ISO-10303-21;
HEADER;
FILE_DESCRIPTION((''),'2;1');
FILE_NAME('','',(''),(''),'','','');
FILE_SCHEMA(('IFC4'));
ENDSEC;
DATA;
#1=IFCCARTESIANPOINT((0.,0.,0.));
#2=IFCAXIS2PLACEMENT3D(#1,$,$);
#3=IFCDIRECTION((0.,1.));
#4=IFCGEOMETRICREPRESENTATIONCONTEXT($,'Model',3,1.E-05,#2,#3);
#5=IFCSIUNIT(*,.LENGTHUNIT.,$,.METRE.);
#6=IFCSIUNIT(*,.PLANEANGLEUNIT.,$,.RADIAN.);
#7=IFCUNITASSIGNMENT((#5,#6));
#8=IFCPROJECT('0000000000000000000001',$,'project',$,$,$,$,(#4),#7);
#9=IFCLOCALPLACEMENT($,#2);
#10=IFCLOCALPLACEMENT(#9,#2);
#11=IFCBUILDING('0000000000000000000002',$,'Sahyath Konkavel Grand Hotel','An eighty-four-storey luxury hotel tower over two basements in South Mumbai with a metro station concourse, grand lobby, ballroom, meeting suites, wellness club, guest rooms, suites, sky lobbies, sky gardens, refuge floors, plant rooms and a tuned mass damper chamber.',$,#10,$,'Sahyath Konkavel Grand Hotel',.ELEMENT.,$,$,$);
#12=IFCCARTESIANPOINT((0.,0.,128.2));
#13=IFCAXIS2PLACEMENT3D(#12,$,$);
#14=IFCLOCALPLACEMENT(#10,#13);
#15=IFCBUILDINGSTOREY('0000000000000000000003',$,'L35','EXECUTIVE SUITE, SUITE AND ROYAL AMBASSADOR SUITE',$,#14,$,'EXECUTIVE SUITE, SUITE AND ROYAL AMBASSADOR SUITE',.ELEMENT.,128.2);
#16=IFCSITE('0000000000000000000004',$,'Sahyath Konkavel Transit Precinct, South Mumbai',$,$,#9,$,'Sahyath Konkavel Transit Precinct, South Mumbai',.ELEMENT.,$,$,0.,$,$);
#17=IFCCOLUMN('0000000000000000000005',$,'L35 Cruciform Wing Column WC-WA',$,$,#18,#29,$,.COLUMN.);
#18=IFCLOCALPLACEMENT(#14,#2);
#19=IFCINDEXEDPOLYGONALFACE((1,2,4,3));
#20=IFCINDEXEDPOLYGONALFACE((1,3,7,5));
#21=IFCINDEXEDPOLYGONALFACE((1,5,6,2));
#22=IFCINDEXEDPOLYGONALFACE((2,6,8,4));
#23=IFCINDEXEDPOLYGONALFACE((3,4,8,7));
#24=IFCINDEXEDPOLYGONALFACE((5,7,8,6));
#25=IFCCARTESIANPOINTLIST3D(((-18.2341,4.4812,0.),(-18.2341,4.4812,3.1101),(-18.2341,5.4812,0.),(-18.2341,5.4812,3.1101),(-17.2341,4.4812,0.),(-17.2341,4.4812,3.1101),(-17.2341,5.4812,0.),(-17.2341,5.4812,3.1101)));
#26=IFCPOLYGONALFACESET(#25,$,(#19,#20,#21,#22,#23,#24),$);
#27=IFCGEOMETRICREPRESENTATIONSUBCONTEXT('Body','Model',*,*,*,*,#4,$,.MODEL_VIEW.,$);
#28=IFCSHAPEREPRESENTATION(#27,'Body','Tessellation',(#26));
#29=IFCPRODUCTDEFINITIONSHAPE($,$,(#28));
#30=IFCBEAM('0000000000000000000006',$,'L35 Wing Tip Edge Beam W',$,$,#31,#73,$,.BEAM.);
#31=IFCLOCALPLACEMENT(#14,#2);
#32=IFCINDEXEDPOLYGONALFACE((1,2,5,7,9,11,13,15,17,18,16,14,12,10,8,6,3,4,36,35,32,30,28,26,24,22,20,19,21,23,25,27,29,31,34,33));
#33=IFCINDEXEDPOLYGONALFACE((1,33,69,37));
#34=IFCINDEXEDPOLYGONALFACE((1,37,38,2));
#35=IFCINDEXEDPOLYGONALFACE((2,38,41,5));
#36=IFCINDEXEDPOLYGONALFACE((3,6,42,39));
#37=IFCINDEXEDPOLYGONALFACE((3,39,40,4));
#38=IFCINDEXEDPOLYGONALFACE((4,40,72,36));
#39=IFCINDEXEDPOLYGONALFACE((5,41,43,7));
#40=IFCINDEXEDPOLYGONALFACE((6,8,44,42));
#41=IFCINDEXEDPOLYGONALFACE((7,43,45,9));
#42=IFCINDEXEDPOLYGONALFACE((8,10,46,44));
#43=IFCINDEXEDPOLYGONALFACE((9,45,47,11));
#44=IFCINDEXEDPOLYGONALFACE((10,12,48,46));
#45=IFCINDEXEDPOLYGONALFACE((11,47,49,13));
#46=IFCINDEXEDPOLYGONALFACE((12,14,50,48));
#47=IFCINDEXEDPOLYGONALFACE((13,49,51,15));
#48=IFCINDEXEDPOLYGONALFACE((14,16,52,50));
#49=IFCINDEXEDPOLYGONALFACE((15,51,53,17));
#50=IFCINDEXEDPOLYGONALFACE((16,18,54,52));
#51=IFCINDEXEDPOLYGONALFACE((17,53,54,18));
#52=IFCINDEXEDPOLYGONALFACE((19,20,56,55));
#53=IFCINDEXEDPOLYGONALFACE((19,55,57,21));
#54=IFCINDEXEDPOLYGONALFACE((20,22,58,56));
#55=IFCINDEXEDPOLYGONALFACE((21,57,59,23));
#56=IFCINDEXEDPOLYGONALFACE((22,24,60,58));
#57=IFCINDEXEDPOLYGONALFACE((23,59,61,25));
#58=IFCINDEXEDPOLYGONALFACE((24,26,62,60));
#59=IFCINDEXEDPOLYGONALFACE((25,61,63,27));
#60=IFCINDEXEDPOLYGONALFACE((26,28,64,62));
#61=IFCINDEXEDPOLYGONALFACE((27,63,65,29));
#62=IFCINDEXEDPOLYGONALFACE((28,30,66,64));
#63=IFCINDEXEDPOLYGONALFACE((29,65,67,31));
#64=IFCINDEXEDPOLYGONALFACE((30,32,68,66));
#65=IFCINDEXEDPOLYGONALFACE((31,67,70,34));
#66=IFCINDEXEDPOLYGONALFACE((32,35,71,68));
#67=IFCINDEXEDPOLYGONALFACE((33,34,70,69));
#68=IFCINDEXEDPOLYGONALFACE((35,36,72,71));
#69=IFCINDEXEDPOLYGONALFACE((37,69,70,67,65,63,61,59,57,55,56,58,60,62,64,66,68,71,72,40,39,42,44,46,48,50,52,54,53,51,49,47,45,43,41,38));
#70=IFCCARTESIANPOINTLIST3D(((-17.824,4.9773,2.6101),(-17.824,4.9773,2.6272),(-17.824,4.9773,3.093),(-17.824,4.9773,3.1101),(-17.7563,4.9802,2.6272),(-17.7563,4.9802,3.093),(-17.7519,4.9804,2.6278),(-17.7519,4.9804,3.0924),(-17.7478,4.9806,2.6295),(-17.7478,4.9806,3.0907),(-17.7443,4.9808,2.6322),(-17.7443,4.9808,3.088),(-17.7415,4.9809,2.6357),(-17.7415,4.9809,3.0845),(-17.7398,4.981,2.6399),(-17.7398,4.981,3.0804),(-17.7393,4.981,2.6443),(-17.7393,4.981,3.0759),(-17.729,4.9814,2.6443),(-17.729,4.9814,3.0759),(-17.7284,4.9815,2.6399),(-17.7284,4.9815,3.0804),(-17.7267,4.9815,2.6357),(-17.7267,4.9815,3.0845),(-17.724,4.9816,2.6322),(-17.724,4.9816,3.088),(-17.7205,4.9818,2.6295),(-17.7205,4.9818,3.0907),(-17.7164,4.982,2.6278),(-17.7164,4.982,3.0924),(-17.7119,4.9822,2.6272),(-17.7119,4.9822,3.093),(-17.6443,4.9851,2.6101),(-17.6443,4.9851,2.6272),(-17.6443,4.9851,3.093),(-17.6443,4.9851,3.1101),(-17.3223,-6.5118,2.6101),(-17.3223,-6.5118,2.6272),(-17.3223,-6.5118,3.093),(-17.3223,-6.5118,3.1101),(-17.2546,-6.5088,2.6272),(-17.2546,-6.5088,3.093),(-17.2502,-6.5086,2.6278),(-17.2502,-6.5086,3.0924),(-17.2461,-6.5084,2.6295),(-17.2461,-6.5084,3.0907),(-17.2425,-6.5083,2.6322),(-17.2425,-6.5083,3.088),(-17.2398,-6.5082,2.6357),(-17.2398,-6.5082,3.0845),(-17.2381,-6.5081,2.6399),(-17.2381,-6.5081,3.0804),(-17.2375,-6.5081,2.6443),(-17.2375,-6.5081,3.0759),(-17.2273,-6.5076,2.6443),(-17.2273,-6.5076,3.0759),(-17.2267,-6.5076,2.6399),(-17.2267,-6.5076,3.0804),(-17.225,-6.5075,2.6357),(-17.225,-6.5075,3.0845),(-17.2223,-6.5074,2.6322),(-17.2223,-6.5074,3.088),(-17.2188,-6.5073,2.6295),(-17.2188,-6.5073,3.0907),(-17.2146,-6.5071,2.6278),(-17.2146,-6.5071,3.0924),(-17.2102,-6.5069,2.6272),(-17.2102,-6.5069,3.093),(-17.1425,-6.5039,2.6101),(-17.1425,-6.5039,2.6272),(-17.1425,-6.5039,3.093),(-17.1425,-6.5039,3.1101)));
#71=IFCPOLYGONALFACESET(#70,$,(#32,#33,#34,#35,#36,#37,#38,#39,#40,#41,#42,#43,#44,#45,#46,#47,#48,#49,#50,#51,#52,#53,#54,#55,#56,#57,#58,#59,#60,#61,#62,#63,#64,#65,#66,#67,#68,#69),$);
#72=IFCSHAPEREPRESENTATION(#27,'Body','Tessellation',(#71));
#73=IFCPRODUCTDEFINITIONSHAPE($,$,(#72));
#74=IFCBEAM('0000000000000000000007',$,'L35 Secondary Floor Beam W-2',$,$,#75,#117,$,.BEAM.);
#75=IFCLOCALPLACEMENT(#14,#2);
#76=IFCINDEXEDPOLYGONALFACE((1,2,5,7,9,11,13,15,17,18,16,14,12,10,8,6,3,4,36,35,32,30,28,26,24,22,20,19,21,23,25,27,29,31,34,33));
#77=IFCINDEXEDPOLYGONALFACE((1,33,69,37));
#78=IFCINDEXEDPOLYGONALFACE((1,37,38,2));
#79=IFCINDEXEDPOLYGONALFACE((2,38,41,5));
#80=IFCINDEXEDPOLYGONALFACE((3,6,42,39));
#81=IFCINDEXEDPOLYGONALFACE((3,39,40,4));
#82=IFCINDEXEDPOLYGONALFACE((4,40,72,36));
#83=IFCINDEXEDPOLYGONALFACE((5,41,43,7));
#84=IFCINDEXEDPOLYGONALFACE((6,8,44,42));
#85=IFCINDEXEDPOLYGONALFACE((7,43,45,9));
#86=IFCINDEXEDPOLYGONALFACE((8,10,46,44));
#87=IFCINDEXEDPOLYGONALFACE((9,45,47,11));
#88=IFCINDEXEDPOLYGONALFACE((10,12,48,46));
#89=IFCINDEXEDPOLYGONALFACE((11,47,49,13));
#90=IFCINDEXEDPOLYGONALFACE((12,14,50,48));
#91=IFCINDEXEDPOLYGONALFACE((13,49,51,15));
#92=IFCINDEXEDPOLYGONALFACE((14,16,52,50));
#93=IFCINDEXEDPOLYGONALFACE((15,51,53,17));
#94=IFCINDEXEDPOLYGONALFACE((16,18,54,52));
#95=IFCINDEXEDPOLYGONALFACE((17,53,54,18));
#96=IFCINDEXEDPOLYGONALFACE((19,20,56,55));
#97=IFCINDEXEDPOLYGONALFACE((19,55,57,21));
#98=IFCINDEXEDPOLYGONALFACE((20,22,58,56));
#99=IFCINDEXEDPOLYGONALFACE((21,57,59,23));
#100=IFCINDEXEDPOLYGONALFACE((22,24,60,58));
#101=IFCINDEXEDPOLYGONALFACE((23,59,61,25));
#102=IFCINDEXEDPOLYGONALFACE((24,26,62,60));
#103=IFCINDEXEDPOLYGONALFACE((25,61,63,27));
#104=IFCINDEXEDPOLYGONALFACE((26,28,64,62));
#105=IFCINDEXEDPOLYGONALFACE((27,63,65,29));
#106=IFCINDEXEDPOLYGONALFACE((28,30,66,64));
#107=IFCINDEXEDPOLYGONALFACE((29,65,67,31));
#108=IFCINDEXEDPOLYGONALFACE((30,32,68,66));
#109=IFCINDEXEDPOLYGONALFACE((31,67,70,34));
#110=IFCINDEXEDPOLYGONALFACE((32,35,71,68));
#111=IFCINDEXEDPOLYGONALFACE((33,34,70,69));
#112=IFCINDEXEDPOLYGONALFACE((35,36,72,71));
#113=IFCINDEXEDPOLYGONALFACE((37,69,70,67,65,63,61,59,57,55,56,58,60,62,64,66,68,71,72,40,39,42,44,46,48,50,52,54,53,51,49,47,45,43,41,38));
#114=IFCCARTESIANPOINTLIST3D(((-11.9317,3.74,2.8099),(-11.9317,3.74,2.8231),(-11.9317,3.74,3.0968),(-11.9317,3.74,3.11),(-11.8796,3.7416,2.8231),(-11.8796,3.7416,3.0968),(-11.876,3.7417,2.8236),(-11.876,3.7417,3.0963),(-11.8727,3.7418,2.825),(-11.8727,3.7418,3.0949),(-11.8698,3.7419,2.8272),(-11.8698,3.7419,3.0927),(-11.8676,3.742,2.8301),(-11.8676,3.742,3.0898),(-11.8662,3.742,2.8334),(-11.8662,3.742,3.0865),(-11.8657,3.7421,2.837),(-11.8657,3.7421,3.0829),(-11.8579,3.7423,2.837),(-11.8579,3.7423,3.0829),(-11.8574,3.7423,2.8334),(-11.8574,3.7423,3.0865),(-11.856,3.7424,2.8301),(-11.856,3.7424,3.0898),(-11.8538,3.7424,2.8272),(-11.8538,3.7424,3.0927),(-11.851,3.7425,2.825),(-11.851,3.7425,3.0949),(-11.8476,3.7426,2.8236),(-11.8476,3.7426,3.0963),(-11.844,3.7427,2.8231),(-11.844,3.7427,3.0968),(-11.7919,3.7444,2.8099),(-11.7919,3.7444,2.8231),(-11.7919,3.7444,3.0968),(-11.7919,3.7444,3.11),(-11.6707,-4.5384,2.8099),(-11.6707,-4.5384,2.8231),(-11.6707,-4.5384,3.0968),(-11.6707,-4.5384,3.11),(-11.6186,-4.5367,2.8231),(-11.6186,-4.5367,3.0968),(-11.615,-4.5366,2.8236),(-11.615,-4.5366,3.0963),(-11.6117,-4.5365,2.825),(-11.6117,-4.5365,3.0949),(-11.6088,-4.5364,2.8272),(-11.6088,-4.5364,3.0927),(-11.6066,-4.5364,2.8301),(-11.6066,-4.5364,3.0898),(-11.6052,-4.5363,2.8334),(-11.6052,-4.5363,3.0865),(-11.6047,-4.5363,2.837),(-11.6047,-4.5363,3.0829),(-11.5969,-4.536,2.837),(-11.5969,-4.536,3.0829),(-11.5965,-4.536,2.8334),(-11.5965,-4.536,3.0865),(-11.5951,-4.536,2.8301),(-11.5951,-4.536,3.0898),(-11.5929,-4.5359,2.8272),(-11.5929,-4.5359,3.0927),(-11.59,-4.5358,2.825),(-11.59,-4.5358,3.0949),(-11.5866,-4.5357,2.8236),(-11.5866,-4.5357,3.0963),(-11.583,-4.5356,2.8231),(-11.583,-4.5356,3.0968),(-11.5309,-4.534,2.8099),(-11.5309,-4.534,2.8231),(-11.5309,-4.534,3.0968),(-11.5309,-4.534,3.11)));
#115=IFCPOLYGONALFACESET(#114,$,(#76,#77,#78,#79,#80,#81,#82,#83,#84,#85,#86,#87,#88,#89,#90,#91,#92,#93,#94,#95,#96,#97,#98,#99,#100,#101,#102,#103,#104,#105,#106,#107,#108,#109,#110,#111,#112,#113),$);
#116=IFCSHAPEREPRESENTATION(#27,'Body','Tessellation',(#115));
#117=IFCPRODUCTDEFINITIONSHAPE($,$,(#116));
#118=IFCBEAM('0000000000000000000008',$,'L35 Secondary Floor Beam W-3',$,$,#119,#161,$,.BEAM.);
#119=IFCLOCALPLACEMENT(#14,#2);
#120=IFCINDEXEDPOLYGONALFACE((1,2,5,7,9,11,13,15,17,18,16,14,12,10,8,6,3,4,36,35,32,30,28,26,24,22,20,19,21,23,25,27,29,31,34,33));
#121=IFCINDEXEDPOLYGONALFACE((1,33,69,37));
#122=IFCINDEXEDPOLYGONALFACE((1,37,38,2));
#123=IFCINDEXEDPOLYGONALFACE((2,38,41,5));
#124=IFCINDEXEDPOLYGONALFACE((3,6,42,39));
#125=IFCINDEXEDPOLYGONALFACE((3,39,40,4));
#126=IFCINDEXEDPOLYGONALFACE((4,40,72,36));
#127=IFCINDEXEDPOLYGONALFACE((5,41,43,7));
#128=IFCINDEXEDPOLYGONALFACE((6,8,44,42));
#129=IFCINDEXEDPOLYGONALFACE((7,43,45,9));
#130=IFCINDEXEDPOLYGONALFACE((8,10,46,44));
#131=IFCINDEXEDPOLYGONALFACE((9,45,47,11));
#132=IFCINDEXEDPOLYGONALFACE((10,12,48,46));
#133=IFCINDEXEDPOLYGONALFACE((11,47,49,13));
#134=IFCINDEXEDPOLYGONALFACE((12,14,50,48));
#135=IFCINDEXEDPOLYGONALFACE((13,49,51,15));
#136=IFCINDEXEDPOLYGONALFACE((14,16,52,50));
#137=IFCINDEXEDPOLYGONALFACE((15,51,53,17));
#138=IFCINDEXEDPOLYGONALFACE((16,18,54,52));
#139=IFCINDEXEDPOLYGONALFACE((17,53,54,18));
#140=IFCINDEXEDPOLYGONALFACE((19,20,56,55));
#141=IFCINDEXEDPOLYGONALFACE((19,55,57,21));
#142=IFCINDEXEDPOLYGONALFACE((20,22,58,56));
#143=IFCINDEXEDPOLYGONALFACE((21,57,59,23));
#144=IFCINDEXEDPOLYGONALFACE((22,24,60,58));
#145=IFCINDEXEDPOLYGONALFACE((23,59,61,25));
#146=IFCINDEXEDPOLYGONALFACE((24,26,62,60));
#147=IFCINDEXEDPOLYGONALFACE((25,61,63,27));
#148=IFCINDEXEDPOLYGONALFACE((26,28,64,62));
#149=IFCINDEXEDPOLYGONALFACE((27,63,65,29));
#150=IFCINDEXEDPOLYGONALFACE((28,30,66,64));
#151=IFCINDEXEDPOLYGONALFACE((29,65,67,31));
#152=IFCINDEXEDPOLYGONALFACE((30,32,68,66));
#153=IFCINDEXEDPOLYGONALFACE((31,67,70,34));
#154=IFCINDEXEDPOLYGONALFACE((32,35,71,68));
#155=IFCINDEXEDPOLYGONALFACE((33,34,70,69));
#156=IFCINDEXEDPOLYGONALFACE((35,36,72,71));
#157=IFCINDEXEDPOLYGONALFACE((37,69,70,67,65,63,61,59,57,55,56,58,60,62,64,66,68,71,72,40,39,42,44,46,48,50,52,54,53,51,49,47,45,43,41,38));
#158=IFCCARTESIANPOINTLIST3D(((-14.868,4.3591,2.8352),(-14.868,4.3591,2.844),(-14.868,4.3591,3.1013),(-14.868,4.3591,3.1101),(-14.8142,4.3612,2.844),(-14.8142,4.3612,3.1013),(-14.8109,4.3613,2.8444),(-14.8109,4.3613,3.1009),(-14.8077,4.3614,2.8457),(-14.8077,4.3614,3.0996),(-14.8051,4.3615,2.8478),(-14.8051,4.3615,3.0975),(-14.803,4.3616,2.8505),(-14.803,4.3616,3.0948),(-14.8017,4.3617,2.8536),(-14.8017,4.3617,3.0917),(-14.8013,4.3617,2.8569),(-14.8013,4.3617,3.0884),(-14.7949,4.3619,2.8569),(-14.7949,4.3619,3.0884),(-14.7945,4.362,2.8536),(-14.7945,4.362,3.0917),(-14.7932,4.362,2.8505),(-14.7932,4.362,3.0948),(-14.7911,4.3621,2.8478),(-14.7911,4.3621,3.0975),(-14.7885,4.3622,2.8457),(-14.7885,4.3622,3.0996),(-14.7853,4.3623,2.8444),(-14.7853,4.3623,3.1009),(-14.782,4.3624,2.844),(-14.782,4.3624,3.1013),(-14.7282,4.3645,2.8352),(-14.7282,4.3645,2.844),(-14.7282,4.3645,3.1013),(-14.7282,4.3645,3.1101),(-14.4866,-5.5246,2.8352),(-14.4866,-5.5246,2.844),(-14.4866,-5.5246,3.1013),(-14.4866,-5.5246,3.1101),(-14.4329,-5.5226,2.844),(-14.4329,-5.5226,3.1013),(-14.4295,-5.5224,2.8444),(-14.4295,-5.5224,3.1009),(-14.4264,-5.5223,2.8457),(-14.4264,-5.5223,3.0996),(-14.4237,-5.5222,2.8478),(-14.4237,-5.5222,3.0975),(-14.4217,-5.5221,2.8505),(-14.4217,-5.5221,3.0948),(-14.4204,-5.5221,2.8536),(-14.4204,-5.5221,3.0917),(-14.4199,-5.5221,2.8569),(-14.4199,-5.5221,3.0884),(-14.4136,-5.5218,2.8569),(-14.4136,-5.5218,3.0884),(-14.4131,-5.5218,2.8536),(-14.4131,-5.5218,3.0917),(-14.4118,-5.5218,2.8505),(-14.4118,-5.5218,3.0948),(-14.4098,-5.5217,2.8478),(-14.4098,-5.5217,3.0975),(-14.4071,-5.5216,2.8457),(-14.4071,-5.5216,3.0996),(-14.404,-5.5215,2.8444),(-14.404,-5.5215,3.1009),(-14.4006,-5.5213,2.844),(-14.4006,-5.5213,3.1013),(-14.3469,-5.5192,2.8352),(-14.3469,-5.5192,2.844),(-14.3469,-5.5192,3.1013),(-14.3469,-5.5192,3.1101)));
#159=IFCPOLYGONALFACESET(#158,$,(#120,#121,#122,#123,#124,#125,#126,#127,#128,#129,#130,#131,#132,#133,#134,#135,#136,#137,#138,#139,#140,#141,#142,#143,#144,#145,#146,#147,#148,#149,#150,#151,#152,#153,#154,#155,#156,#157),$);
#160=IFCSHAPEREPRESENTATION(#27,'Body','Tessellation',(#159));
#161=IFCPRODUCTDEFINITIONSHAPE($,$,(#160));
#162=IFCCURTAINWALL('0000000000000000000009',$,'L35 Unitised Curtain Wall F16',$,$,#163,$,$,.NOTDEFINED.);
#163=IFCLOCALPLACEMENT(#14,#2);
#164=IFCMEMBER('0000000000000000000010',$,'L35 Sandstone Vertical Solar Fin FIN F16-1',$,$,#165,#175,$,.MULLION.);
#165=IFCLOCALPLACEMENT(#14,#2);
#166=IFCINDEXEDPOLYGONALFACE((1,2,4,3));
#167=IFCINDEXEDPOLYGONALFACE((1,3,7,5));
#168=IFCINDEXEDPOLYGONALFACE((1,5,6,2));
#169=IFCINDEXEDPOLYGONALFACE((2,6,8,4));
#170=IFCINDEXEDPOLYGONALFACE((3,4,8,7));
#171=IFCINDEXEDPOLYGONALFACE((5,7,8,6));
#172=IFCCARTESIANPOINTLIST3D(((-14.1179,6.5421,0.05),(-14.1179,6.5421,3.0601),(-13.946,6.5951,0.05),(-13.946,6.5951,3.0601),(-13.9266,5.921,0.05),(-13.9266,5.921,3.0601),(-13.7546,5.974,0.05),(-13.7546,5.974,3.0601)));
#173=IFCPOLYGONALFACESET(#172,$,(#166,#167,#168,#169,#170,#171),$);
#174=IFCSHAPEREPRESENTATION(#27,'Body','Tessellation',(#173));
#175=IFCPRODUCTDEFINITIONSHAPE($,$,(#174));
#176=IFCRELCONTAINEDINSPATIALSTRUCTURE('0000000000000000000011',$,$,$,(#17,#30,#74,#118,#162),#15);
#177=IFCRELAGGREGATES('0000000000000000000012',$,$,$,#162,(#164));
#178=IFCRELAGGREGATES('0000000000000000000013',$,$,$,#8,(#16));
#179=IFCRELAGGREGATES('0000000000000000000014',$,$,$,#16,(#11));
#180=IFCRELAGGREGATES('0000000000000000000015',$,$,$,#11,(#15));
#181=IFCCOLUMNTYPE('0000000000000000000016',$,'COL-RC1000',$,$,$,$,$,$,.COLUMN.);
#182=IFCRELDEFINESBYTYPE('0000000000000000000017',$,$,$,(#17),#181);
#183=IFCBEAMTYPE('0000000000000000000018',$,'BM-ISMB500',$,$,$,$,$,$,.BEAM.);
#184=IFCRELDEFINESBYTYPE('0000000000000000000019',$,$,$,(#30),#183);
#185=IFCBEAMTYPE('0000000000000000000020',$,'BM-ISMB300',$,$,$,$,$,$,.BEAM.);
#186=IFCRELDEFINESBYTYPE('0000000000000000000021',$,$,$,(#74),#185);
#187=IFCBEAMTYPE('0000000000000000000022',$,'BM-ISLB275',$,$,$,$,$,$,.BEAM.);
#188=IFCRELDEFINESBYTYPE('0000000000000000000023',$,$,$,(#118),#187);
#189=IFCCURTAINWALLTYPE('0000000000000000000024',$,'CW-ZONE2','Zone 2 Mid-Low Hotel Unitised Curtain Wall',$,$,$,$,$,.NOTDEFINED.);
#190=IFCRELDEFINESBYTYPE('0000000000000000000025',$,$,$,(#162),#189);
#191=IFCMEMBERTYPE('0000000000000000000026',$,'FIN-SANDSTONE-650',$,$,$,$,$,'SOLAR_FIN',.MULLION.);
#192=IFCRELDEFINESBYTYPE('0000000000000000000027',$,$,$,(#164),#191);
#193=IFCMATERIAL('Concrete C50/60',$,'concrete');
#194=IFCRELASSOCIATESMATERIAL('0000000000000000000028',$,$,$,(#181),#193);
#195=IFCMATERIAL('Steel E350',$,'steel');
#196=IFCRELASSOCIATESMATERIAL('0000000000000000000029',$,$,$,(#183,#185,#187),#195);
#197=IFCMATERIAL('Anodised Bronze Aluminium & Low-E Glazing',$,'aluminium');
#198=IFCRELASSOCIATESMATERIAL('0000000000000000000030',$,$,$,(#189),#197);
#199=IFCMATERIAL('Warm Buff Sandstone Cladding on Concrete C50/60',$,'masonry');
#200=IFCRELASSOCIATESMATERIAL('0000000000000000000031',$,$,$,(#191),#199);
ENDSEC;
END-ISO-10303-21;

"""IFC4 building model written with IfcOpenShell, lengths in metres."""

from ifc_helpers import new_model, si_unit, direction, frame, origin, origin_2d, place, context, subcontext, project, spatial, rectangle, i_section, extrude, source, transform, mapped, material, material_profile, profile_set, type_object, element, aggregate, save


model = new_model("IFC4")

# Units and contexts
model_context = context("Model", 3, precision=1e-05, world=origin(), true_north=direction((0.0, 1.0)))
body_context = subcontext(model_context, "Body", "Model", "MODEL_VIEW")
ifc_project = project(units=[si_unit("LENGTHUNIT", "METRE"), si_unit("PLANEANGLEUNIT", "RADIAN")], contexts=[model_context])

# Site, building, storey
site_placement = place(None, origin())
site = spatial("IfcSite", under=ifc_project, at=site_placement, Name="Sahyath Konkavel Transit Precinct, South Mumbai", LongName="Sahyath Konkavel Transit Precinct, South Mumbai", CompositionType="ELEMENT", RefElevation=0.0)
building_placement = place(site_placement, origin())
building = spatial("IfcBuilding", under=site, at=building_placement, Name="Sahyath Konkavel Grand Hotel", Description="An eighty-four-storey luxury hotel tower over two basements in South Mumbai with a metro station concourse, grand lobby, ballroom, meeting suites, wellness club, guest rooms, suites, sky lobbies, sky gardens, refuge floors, plant rooms and a tuned mass damper chamber.", LongName="Sahyath Konkavel Grand Hotel", CompositionType="ELEMENT")
storey_placement = place(building_placement, frame((0.0, 0.0, 128.2)))
storey = spatial("IfcBuildingStorey", under=building, at=storey_placement, Name="L35", Description="EXECUTIVE SUITE, SUITE AND ROYAL AMBASSADOR SUITE", LongName="EXECUTIVE SUITE, SUITE AND ROYAL AMBASSADOR SUITE", CompositionType="ELEMENT", Elevation=128.2)

# Column
ifc_material_1 = material(Name="Concrete C50/60", Category="concrete")
ifc_material_profile_1 = material_profile(ifc_material_1, rectangle(XDim=1.0, YDim=1.0, at=origin_2d()), Name="RC 1000x1000")
ifc_profile_set_1 = profile_set([ifc_material_profile_1], Name="Concrete C50/60")
column_type = type_object("IfcColumnType", Name="COL-RC1000", PredefinedType="COLUMN", material=ifc_profile_set_1)
shared_shape_1 = source(origin(), body_context, "Body", "SweptSolid", [
    extrude(rectangle(XDim=1.0, YDim=1.0, at=origin_2d()), origin(), (0.0, 0.0, 1.0), 3.1101),
])
column_placement = place(storey_placement, frame((-17.7341, 4.9812, 0.0), z_axis=(0.0, 0.0, 1.0), x_axis=(1.0, 0.0, 0.0)))
element("IfcColumn", 1, at=column_placement, inside=storey, type_object=column_type, Name="L35 Cruciform Wing Column WC-WA", PredefinedType="COLUMN", context=body_context, shape_type="MappedRepresentation", body=[
    mapped(shared_shape_1, transform((0.0, 0.0, 0.0), scale=1.0)),
])

# Beams
ifc_material_2 = material(Name="Steel E350", Category="steel")
ifc_material_profile_2 = material_profile(ifc_material_2, i_section(OverallWidth=0.1799, OverallDepth=0.5, WebThickness=0.0103, FlangeThickness=0.0171, FilletRadius=0.0171, at=origin_2d()), Name="ISMB 500")
ifc_profile_set_2 = profile_set([ifc_material_profile_2], Name="Steel E350")
beam_type_1 = type_object("IfcBeamType", Name="BM-ISMB500", PredefinedType="BEAM", material=ifc_profile_set_2)
shared_shape_2 = source(origin(), body_context, "Body", "SweptSolid", [
    extrude(i_section(OverallWidth=0.1799, OverallDepth=0.5, WebThickness=0.0103, FlangeThickness=0.0171, FilletRadius=0.0171, at=origin_2d()), origin(), (0.0, 0.0, 1.0), 11.5),
])
beam_1_placement = place(storey_placement, frame((-17.7341, 4.9812, 2.8601), z_axis=(0.043627, -0.999048, 0.0), x_axis=(0.999048, 0.043627, 0.0)))
element("IfcBeam", 2, at=beam_1_placement, inside=storey, type_object=beam_type_1, Name="L35 Wing Tip Edge Beam W", PredefinedType="BEAM", context=body_context, shape_type="MappedRepresentation", body=[
    mapped(shared_shape_2, transform((0.0, 0.0, 0.0), scale=1.0)),
])
ifc_material_profile_3 = material_profile(ifc_material_2, i_section(OverallWidth=0.1399, OverallDepth=0.3, WebThickness=0.0078, FlangeThickness=0.0132, FilletRadius=0.0139, at=origin_2d()), Name="ISMB 300")
ifc_profile_set_3 = profile_set([ifc_material_profile_3], Name="Steel E350")
beam_type_2 = type_object("IfcBeamType", Name="BM-ISMB300", PredefinedType="BEAM", material=ifc_profile_set_3)
shared_shape_3 = source(origin(), body_context, "Body", "SweptSolid", [
    extrude(i_section(OverallWidth=0.1399, OverallDepth=0.3, WebThickness=0.0078, FlangeThickness=0.0132, FilletRadius=0.0139, at=origin_2d()), origin(), (0.0, 0.0, 1.0), 8.2825),
])
beam_2_placement = place(storey_placement, frame((-11.8618, 3.7422, 2.96), z_axis=(0.031511, -0.999503, 0.0), x_axis=(0.999503, 0.031511, 0.0)))
element("IfcBeam", 3, at=beam_2_placement, inside=storey, type_object=beam_type_2, Name="L35 Secondary Floor Beam W-2", PredefinedType="BEAM", context=body_context, shape_type="MappedRepresentation", body=[
    mapped(shared_shape_3, transform((0.0, 0.0, 0.0), scale=1.0)),
])
ifc_material_profile_4 = material_profile(ifc_material_2, i_section(OverallWidth=0.1399, OverallDepth=0.2749, WebThickness=0.0063, FlangeThickness=0.0088, FilletRadius=0.0129, at=origin_2d()), Name="ISLB 275")
ifc_profile_set_4 = profile_set([ifc_material_profile_4], Name="Steel E350")
beam_type_3 = type_object("IfcBeamType", Name="BM-ISLB275", PredefinedType="BEAM", material=ifc_profile_set_4)
shared_shape_4 = source(origin(), body_context, "Body", "SweptSolid", [
    extrude(i_section(OverallWidth=0.1399, OverallDepth=0.2749, WebThickness=0.0063, FlangeThickness=0.0088, FilletRadius=0.0129, at=origin_2d()), origin(), (0.0, 0.0, 1.0), 9.8911),
])
beam_3_placement = place(storey_placement, frame((-14.7981, 4.3618, 2.9727), z_axis=(0.038554, -0.999257, 0.0), x_axis=(0.999257, 0.038554, 0.0)))
element("IfcBeam", 4, at=beam_3_placement, inside=storey, type_object=beam_type_3, Name="L35 Secondary Floor Beam W-3", PredefinedType="BEAM", context=body_context, shape_type="MappedRepresentation", body=[
    mapped(shared_shape_4, transform((0.0, 0.0, 0.0), scale=1.0)),
])

# Curtain wall, member
ifc_material_3 = material(Name="Anodised Bronze Aluminium & Low-E Glazing", Category="aluminium")
curtain_wall_type = type_object("IfcCurtainWallType", Name="CW-ZONE2", Description="Zone 2 Mid-Low Hotel Unitised Curtain Wall", PredefinedType="NOTDEFINED", material=ifc_material_3)
curtain_wall_1_placement = place(storey_placement, origin())
curtain_wall_1 = element("IfcCurtainWall", 5, at=curtain_wall_1_placement, inside=storey, type_object=curtain_wall_type, Name="L35 Unitised Curtain Wall F16", PredefinedType="NOTDEFINED")
ifc_material_4 = material(Name="Warm Buff Sandstone Cladding on Concrete C50/60", Category="masonry")
ifc_material_profile_5 = material_profile(ifc_material_4, rectangle(XDim=0.1799, YDim=0.6499, at=origin_2d()), Name="FIN 180x650")
ifc_profile_set_5 = profile_set([ifc_material_profile_5], Name="Warm Buff Sandstone Cladding on Concrete C50/60")
member_type_1 = type_object("IfcMemberType", Name="FIN-SANDSTONE-650", ElementType="SOLAR_FIN", PredefinedType="MULLION", material=ifc_profile_set_5)
shared_shape_5 = source(origin(), body_context, "Body", "SweptSolid", [
    extrude(rectangle(XDim=0.1799, YDim=0.6499, at=origin_2d()), origin(), (0.0, 0.0, 1.0), 3.01),
])
member_1_placement = place(storey_placement, frame((-13.9363, 6.2581, 0.05), z_axis=(0.0, 0.0, 1.0), x_axis=(0.95569, 0.294374, 0.0)))
member_1 = element("IfcMember", 6, at=member_1_placement, type_object=member_type_1, Name="L35 Sandstone Vertical Solar Fin FIN F16-1", PredefinedType="MULLION", context=body_context, shape_type="MappedRepresentation", body=[
    mapped(shared_shape_5, transform((0.0, 0.0, 0.0), scale=1.0)),
])

aggregate(curtain_wall_1, [member_1])

save(model, "model.ifc")
